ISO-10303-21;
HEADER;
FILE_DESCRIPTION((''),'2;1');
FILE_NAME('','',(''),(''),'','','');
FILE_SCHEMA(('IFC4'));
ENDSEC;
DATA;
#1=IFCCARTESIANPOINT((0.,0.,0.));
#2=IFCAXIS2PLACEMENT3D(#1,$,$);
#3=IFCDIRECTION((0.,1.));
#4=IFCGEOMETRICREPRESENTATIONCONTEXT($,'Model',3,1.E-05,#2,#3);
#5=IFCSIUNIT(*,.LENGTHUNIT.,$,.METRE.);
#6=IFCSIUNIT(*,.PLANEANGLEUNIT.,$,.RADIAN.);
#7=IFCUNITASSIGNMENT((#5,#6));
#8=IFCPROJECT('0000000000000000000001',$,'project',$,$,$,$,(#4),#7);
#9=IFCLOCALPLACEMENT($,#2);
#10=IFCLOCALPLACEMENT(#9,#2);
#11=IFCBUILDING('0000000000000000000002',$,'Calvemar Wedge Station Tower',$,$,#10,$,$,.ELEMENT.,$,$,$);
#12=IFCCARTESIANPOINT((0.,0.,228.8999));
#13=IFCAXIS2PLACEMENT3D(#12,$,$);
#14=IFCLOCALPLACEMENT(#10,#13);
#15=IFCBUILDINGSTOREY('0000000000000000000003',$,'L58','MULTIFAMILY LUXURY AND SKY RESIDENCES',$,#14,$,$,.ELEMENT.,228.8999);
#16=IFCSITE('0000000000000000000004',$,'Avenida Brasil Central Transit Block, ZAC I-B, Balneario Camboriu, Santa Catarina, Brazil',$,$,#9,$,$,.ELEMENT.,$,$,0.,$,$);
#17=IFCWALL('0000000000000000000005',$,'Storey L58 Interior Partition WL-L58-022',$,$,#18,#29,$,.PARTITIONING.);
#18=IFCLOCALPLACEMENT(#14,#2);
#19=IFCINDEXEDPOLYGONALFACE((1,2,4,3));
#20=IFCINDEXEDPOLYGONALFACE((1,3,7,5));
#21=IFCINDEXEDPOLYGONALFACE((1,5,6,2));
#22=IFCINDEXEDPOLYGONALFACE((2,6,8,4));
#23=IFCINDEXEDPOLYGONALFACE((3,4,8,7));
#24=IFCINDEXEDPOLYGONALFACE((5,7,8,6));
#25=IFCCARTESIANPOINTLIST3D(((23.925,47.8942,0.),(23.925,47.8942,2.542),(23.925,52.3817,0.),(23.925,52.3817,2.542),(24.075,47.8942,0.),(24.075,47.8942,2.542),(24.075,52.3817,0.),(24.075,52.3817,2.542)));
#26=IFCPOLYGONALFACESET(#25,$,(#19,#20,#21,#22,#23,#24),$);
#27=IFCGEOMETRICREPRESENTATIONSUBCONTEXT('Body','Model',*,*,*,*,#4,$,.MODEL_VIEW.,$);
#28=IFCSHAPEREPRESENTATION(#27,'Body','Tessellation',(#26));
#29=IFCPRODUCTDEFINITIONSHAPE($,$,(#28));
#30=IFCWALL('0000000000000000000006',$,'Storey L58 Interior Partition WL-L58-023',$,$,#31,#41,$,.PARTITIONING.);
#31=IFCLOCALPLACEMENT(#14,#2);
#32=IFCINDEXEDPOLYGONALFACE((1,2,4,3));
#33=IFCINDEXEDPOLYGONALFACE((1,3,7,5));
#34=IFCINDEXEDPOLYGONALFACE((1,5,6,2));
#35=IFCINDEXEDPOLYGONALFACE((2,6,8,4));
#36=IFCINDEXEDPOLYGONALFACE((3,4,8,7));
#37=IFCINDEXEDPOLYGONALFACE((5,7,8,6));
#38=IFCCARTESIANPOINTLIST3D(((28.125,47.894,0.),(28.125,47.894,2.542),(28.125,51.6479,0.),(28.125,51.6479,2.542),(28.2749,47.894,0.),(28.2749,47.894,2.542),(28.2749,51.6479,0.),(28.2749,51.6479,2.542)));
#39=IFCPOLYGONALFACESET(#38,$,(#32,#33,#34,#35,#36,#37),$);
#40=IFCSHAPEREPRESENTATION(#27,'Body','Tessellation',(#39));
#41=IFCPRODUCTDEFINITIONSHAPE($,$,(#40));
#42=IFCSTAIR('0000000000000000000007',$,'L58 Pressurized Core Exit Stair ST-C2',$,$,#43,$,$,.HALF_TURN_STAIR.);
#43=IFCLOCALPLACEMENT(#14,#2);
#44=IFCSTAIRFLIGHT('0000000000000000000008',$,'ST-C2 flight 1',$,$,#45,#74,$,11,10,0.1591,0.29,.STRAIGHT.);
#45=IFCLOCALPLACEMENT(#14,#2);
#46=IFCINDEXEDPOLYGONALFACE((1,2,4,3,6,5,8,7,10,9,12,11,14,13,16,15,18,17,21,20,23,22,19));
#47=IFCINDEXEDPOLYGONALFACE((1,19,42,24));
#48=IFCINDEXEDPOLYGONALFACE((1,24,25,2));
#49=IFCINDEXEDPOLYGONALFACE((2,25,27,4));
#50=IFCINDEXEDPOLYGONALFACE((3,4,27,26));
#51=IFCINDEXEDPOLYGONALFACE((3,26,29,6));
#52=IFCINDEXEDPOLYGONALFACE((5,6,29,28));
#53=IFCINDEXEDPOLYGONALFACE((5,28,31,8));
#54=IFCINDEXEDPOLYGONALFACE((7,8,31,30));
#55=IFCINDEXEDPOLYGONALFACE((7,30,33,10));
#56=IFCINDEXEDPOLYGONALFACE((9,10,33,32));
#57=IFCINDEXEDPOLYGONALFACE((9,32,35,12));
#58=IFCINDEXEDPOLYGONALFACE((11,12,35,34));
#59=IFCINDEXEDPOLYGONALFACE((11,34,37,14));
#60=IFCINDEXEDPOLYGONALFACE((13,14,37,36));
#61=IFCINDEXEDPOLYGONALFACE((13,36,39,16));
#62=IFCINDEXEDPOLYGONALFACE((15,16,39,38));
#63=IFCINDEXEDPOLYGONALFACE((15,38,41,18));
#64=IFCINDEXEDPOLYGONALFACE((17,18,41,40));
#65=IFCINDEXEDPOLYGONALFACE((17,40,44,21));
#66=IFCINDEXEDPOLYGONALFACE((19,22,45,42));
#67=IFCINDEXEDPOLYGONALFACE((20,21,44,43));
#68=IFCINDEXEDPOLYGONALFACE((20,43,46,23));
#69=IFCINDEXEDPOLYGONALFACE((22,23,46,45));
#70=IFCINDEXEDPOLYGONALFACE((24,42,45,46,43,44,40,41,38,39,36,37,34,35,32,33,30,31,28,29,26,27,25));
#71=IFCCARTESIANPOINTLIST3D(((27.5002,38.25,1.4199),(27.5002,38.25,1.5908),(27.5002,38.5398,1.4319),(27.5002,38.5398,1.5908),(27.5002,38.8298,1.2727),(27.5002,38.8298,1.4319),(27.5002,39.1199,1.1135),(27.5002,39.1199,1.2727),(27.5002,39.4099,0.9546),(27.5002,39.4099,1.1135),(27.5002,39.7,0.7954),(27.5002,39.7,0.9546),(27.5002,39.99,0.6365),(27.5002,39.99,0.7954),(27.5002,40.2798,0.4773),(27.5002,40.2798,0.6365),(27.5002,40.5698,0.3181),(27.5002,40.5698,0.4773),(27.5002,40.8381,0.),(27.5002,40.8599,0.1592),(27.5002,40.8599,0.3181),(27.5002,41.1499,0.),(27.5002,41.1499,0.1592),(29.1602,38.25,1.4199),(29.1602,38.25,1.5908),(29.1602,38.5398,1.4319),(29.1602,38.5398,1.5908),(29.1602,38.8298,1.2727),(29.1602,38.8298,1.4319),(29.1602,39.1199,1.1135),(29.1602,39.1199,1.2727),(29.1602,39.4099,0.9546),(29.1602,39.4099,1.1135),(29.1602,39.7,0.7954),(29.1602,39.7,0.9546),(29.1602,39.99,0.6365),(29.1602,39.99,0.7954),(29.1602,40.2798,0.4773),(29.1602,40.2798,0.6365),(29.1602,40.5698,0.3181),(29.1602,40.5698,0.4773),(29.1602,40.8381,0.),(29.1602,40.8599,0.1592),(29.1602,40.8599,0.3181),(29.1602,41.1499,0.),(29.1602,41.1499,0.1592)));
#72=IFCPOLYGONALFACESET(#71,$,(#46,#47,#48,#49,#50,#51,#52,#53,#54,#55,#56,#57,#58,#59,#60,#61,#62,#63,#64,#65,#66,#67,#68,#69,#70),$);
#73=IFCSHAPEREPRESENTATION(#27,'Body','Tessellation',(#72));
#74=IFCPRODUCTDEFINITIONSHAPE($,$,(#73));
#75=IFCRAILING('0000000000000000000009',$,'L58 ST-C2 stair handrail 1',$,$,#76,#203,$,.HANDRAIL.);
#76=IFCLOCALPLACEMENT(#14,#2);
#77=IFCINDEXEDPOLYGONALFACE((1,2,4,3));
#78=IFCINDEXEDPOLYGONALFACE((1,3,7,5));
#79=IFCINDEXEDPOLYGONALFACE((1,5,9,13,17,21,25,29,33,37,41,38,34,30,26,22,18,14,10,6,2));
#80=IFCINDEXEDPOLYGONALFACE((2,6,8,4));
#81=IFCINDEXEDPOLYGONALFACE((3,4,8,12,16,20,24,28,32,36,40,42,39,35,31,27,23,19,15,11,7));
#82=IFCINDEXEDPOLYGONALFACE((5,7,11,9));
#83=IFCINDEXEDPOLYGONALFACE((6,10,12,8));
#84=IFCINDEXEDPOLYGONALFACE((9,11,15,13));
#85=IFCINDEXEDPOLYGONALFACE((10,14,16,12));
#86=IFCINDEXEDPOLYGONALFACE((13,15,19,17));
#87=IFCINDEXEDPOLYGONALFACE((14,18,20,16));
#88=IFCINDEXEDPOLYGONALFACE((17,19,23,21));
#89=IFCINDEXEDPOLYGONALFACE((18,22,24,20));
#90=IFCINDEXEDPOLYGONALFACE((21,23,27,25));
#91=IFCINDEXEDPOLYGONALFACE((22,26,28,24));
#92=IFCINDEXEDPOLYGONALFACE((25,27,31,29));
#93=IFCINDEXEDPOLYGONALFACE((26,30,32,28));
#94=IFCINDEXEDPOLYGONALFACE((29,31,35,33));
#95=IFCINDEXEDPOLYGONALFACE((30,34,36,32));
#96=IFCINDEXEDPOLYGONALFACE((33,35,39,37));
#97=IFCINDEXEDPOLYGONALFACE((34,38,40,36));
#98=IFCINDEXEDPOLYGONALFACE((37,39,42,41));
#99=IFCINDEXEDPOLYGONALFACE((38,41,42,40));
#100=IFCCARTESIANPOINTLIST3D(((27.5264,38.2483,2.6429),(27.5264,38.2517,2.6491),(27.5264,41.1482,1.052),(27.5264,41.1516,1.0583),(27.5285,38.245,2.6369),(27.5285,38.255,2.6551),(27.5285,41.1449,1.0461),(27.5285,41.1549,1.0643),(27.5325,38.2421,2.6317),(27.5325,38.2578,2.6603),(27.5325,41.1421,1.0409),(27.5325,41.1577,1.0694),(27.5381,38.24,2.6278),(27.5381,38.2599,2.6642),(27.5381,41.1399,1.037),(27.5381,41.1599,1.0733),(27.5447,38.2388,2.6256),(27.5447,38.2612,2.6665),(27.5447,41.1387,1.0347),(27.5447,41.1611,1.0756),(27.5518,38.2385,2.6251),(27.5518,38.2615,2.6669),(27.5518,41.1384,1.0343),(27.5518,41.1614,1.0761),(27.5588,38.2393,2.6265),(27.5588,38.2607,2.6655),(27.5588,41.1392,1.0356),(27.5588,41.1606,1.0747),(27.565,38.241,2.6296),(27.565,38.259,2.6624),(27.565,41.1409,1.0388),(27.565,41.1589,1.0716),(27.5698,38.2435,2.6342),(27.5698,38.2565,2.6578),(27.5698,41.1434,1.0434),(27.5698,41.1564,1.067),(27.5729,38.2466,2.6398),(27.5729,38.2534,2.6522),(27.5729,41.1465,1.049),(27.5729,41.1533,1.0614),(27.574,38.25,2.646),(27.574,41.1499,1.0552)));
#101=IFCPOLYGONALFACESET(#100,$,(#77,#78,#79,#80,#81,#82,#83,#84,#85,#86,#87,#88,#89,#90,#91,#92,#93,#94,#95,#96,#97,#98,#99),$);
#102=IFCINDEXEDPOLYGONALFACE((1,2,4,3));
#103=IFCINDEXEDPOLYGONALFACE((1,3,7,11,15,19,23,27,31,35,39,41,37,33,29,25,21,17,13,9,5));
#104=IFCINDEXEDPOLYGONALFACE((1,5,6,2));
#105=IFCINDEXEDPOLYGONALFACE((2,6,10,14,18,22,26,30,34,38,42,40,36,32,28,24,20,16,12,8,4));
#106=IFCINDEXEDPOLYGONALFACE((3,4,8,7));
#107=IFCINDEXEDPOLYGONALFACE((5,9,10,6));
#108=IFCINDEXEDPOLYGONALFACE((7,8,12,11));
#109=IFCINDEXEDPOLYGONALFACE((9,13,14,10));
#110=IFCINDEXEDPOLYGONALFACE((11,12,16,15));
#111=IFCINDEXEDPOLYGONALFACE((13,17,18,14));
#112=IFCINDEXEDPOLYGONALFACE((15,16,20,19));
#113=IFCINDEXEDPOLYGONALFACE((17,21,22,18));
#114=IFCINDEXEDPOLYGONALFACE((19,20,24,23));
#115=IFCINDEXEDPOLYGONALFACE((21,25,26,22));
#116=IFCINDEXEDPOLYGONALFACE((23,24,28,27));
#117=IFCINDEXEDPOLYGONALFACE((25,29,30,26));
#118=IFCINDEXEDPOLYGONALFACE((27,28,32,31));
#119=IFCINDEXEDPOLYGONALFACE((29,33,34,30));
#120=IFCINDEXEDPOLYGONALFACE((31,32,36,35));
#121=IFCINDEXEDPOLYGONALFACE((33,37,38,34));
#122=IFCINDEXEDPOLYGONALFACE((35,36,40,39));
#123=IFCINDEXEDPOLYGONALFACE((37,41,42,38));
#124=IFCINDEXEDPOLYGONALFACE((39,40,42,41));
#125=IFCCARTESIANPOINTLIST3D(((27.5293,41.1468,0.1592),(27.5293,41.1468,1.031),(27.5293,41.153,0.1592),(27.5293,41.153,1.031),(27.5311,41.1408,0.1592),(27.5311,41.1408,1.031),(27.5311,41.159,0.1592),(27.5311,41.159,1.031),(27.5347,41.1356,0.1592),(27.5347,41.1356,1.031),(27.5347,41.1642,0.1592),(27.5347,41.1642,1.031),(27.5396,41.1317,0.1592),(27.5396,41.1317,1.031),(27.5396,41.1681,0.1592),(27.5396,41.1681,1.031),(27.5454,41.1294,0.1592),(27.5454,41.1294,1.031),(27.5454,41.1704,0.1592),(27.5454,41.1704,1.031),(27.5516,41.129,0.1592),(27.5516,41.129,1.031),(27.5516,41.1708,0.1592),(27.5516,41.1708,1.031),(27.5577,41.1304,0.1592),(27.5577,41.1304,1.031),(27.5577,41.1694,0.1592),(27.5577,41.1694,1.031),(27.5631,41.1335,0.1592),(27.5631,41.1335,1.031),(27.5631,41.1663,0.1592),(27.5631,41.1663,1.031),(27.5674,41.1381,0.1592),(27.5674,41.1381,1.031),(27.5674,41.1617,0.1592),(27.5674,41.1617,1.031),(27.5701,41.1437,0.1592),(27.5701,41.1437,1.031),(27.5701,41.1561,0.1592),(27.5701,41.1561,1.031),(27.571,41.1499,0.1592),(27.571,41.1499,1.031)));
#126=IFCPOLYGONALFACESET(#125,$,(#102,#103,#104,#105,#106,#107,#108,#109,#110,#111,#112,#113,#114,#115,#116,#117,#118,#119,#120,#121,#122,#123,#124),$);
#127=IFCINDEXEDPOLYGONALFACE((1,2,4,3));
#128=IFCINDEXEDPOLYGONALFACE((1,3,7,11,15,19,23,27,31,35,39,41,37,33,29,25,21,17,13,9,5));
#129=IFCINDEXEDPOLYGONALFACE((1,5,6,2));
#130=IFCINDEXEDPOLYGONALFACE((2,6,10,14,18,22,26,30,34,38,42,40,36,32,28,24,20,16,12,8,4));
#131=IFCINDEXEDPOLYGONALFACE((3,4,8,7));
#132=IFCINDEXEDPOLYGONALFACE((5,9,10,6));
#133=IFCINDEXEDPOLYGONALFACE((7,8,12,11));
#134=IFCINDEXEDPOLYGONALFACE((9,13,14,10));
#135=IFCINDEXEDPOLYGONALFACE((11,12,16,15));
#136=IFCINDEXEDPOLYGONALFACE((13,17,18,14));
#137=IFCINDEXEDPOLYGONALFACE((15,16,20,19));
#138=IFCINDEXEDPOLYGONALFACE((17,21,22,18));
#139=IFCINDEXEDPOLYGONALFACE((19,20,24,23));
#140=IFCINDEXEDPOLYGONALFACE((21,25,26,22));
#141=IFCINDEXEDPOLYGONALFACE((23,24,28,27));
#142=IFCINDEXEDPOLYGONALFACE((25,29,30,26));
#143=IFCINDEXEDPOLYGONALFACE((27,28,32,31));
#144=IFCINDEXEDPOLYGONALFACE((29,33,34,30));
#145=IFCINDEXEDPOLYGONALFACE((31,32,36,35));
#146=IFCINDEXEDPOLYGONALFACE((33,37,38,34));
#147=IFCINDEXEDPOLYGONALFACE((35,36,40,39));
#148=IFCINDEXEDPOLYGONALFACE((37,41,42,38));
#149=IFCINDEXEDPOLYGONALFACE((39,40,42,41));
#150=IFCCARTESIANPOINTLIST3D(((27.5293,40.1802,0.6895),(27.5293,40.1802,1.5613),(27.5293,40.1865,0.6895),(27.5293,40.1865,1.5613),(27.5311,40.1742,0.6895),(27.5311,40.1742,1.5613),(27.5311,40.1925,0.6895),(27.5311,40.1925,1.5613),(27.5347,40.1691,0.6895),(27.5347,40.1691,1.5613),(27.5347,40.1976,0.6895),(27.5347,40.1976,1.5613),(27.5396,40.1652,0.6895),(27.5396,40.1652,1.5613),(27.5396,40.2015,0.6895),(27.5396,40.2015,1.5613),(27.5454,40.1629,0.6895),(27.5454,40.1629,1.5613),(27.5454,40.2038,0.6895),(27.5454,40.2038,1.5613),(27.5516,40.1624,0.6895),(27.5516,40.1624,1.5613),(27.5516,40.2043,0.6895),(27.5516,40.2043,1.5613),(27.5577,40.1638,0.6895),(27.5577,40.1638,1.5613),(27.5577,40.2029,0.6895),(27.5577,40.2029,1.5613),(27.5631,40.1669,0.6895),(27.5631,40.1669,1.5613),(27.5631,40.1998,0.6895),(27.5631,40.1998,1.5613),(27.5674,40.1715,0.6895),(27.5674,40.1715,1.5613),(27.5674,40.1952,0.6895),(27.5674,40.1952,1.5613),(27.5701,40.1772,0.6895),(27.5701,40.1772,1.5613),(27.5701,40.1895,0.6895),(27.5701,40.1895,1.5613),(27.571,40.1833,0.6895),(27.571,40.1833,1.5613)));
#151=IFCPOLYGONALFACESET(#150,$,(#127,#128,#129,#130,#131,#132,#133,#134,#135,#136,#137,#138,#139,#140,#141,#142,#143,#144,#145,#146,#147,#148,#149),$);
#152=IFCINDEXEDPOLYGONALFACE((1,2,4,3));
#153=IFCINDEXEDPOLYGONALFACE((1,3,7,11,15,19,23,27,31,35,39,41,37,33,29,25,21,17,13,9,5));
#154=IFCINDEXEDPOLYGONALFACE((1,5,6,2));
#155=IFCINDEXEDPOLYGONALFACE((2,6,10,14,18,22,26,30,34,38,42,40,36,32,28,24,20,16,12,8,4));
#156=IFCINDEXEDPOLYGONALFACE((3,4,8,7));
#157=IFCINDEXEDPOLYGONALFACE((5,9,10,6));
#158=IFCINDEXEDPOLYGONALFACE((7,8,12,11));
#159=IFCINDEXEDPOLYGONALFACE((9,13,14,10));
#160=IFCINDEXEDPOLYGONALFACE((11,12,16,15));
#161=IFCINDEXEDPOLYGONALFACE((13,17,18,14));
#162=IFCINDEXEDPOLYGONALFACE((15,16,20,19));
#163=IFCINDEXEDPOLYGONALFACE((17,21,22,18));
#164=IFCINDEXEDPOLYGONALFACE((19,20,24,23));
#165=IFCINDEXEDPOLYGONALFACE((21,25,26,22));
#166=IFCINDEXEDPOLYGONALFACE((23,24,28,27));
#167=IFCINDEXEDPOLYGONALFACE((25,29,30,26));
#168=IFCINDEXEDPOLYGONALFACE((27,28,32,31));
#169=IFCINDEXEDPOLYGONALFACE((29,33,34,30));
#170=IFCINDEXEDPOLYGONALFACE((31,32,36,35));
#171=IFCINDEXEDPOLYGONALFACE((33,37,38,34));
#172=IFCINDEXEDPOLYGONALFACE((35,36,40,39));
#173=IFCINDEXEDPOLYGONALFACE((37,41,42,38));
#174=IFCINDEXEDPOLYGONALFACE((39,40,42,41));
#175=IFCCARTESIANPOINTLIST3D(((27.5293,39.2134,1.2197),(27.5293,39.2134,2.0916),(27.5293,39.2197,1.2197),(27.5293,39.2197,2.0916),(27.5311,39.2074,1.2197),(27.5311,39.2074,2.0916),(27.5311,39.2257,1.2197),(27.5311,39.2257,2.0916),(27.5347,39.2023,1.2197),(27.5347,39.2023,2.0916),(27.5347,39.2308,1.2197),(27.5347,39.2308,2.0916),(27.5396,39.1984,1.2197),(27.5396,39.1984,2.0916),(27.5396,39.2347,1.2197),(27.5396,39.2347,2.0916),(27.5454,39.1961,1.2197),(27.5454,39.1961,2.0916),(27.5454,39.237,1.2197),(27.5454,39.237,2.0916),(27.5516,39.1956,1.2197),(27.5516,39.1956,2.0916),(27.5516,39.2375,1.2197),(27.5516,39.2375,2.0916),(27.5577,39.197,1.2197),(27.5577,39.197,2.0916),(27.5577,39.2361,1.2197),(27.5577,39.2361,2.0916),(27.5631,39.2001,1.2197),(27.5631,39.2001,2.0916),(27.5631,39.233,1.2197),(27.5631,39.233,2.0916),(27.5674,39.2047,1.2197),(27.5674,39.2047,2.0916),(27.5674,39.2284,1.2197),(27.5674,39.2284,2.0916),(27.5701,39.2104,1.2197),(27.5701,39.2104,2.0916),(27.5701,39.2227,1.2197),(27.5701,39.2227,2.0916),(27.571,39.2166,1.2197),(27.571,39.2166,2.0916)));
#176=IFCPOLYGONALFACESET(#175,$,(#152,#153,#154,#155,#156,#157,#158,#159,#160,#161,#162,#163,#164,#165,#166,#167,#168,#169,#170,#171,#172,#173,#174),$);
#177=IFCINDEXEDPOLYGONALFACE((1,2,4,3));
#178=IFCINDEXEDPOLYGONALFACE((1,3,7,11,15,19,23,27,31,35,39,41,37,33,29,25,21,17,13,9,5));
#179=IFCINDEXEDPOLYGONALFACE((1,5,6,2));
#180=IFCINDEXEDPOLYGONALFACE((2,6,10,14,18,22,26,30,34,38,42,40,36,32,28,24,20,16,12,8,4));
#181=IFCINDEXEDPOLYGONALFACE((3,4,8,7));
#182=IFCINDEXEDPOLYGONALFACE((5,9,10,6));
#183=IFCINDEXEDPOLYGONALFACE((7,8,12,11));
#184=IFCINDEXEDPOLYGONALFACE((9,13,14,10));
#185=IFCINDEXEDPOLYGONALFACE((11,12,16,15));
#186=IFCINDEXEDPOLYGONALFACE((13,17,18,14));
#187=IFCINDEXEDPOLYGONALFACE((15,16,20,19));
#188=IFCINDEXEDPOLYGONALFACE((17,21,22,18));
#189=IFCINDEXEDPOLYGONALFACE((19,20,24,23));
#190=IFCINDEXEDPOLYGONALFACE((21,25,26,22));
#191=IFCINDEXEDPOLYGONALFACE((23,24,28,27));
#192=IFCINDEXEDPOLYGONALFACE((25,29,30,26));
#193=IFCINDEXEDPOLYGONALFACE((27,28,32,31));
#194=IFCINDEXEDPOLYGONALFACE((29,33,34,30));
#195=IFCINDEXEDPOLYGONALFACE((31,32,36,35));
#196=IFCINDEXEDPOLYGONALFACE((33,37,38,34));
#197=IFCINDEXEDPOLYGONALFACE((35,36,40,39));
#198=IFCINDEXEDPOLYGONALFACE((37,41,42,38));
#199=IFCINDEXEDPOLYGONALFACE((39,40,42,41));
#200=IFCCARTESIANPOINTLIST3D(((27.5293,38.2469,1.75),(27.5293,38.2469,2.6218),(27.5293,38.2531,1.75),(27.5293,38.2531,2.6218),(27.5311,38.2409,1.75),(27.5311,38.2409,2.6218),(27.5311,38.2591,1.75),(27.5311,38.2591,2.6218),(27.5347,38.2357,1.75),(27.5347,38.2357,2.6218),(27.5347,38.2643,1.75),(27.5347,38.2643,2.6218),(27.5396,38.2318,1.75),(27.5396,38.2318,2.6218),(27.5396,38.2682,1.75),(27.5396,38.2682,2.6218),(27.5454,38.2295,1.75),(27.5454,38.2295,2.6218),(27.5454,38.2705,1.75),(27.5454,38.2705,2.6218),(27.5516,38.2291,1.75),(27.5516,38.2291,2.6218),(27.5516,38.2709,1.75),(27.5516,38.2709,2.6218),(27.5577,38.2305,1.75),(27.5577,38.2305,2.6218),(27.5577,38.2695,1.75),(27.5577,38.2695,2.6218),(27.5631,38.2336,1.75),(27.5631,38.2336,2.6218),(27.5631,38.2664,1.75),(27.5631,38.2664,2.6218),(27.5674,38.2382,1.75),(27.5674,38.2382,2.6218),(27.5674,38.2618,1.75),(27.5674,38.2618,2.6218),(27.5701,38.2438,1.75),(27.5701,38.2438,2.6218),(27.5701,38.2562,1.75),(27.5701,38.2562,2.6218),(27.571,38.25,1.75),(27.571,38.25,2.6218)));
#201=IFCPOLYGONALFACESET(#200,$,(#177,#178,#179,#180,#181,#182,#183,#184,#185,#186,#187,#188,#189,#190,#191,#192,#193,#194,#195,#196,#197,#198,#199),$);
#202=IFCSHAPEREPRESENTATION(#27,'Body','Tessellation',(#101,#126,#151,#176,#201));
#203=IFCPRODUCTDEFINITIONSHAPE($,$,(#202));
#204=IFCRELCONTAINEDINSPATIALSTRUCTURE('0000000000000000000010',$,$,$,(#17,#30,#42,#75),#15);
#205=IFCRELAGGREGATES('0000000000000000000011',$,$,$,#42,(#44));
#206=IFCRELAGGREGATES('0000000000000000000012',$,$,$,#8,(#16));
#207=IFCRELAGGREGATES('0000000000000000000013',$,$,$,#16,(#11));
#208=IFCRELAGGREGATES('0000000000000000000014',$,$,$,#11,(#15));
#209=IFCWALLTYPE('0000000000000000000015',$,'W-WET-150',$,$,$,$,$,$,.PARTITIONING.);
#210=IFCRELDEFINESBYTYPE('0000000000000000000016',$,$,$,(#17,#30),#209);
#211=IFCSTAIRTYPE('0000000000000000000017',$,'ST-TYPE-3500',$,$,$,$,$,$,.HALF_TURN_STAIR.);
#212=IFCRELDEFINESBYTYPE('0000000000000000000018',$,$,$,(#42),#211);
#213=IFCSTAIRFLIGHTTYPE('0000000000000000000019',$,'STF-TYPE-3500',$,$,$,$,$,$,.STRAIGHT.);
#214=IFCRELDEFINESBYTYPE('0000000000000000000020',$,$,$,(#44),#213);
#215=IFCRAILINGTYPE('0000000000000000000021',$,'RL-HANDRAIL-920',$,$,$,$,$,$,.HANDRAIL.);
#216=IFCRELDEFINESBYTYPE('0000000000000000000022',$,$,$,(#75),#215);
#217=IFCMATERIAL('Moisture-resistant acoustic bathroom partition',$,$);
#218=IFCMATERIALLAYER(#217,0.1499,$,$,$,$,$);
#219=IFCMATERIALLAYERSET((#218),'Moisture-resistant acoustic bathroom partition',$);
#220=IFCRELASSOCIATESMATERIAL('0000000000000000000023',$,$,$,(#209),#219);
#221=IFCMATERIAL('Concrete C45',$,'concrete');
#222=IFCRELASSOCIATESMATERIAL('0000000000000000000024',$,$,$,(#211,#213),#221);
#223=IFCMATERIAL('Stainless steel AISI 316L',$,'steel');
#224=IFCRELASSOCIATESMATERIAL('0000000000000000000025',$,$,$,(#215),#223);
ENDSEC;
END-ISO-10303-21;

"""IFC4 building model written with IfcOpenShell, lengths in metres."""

from ifc_helpers import new_model, si_unit, direction, frame, frame_2d, origin, origin_2d, place, context, subcontext, project, spatial, polyline, rectangle, circle, outline, extrude, material, layer, layer_set, type_object, element, aggregate, save


model = new_model("IFC4")

# Units and contexts
model_context = context("Model", 3, precision=1e-05, world=origin(), true_north=direction((0.0, 1.0)))
body_context = subcontext(model_context, "Body", "Model", "MODEL_VIEW")
ifc_project = project(units=[si_unit("LENGTHUNIT", "METRE"), si_unit("PLANEANGLEUNIT", "RADIAN")], contexts=[model_context])

# Site, building, storey
site_placement = place(None, origin())
site = spatial("IfcSite", under=ifc_project, at=site_placement, Name="Avenida Brasil Central Transit Block, ZAC I-B, Balneario Camboriu, Santa Catarina, Brazil", CompositionType="ELEMENT", RefElevation=0.0)
building_placement = place(site_placement, origin())
building = spatial("IfcBuilding", under=site, at=building_placement, Name="Calvemar Wedge Station Tower", CompositionType="ELEMENT")
storey_placement = place(building_placement, frame((0.0, 0.0, 228.8999)))
storey = spatial("IfcBuildingStorey", under=building, at=storey_placement, Name="L58", Description="MULTIFAMILY LUXURY AND SKY RESIDENCES", CompositionType="ELEMENT", Elevation=228.8999)

# Walls
ifc_material_1 = material(Name="Moisture-resistant acoustic bathroom partition")
ifc_layer_1 = layer(ifc_material_1, 0.1499)
ifc_layer_set_1 = layer_set([ifc_layer_1], Name="Moisture-resistant acoustic bathroom partition")
wall_type_1 = type_object("IfcWallType", Name="W-WET-150", PredefinedType="PARTITIONING", material=ifc_layer_set_1)
wall_1_placement = place(storey_placement, frame((24.0, 52.3816, 0.0), z_axis=(0.0, 0.0, 1.0), x_axis=(0.0, -1.0, 0.0)))
element("IfcWall", 1, at=wall_1_placement, inside=storey, type_object=wall_type_1, Name="Storey L58 Interior Partition WL-L58-022", PredefinedType="PARTITIONING", context=body_context, shape_type="SweptSolid", body=[
    extrude(rectangle(XDim=4.4875, YDim=0.1499, at=frame_2d((2.2437, 0.0))), origin(), (0.0, 0.0, 1.0), 2.542),
])
wall_2_placement = place(storey_placement, frame((28.2, 51.6479, 0.0), z_axis=(0.0, 0.0, 1.0), x_axis=(0.0, -1.0, 0.0)))
element("IfcWall", 2, at=wall_2_placement, inside=storey, type_object=wall_type_1, Name="Storey L58 Interior Partition WL-L58-023", PredefinedType="PARTITIONING", context=body_context, shape_type="SweptSolid", body=[
    extrude(rectangle(XDim=3.7539, YDim=0.1499, at=frame_2d((1.877, 0.0))), origin(), (0.0, 0.0, 1.0), 2.542),
])

# Stair, stair flight
ifc_material_2 = material(Name="Concrete C45", Category="concrete")
stair_type = type_object("IfcStairType", Name="ST-TYPE-3500", PredefinedType="HALF_TURN_STAIR", material=ifc_material_2)
stair_placement = place(storey_placement, origin())
stair = element("IfcStair", 3, at=stair_placement, inside=storey, type_object=stair_type, Name="L58 Pressurized Core Exit Stair ST-C2", PredefinedType="HALF_TURN_STAIR")
stair_flight_type = type_object("IfcStairFlightType", Name="STF-TYPE-3500", PredefinedType="STRAIGHT", material=ifc_material_2)
stair_flight_placement = place(storey_placement, frame((28.3301, 41.1499, 0.0), z_axis=(0.0, 0.0, 1.0), x_axis=(0.0, -1.0, 0.0)))
stair_flight = element("IfcStairFlight", 4, at=stair_flight_placement, type_object=stair_flight_type, Name="ST-C2 flight 1", NumberOfRisers=11, NumberOfTreads=10, PredefinedType="STRAIGHT", RiserHeight=0.1591, TreadLength=0.29, context=body_context, shape_type="SweptSolid", body=[
    extrude(outline(polyline([(0.0, 0.0), (0.0, 0.1592), (0.29, 0.1592), (0.29, 0.3181), (0.5801, 0.3181), (0.5801, 0.4773), (0.8701, 0.4773), (0.8701, 0.6365), (1.1599, 0.6365), (1.1599, 0.7954), (1.45, 0.7954), (1.45, 0.9546), (1.74, 0.9546), (1.74, 1.1135), (2.03, 1.1135), (2.03, 1.2727), (2.3201, 1.2727), (2.3201, 1.4319), (2.6101, 1.4319), (2.6101, 1.5908), (2.8999, 1.5908), (2.8999, 1.75), (2.8999, 1.4199), (0.3118, 0.0), (0.0, 0.0)])), frame((0.0, 0.8301, 0.0), z_axis=(0.0, -1.0, 0.0), x_axis=(1.0, 0.0, 0.0)), (0.0, 0.0, 1.0), 1.6599),
])
aggregate(stair, [stair_flight])

# Railing
ifc_material_3 = material(Name="Stainless steel AISI 316L", Category="steel")
railing_type_1 = type_object("IfcRailingType", Name="RL-HANDRAIL-920", PredefinedType="HANDRAIL", material=ifc_material_3)
railing_1_placement = place(storey_placement, frame((27.55, 41.1499, 0.1592)))
element("IfcRailing", 5, at=railing_1_placement, inside=storey, type_object=railing_type_1, Name="L58 ST-C2 stair handrail 1", PredefinedType="HANDRAIL", context=body_context, shape_type="SweptSolid", body=[
    extrude(circle(Radius=0.0239, at=origin_2d()), frame((0.0, 0.0, 0.896), z_axis=(0.0, -0.876742, 0.480961), x_axis=(1.0, 0.0, 0.0)), (0.0, 0.0, 1.0), 3.3076),
    extrude(circle(Radius=0.021, at=origin_2d()), origin(), (0.0, 0.0, 1.0), 0.8718),
    extrude(circle(Radius=0.021, at=origin_2d()), frame((0.0, -0.9666, 0.5303)), (0.0, 0.0, 1.0), 0.8718),
    extrude(circle(Radius=0.021, at=origin_2d()), frame((0.0, -1.9333, 1.0605)), (0.0, 0.0, 1.0), 0.8718),
    extrude(circle(Radius=0.021, at=origin_2d()), frame((0.0, -2.8999, 1.5908)), (0.0, 0.0, 1.0), 0.8718),
])

save(model, "model.ifc")
